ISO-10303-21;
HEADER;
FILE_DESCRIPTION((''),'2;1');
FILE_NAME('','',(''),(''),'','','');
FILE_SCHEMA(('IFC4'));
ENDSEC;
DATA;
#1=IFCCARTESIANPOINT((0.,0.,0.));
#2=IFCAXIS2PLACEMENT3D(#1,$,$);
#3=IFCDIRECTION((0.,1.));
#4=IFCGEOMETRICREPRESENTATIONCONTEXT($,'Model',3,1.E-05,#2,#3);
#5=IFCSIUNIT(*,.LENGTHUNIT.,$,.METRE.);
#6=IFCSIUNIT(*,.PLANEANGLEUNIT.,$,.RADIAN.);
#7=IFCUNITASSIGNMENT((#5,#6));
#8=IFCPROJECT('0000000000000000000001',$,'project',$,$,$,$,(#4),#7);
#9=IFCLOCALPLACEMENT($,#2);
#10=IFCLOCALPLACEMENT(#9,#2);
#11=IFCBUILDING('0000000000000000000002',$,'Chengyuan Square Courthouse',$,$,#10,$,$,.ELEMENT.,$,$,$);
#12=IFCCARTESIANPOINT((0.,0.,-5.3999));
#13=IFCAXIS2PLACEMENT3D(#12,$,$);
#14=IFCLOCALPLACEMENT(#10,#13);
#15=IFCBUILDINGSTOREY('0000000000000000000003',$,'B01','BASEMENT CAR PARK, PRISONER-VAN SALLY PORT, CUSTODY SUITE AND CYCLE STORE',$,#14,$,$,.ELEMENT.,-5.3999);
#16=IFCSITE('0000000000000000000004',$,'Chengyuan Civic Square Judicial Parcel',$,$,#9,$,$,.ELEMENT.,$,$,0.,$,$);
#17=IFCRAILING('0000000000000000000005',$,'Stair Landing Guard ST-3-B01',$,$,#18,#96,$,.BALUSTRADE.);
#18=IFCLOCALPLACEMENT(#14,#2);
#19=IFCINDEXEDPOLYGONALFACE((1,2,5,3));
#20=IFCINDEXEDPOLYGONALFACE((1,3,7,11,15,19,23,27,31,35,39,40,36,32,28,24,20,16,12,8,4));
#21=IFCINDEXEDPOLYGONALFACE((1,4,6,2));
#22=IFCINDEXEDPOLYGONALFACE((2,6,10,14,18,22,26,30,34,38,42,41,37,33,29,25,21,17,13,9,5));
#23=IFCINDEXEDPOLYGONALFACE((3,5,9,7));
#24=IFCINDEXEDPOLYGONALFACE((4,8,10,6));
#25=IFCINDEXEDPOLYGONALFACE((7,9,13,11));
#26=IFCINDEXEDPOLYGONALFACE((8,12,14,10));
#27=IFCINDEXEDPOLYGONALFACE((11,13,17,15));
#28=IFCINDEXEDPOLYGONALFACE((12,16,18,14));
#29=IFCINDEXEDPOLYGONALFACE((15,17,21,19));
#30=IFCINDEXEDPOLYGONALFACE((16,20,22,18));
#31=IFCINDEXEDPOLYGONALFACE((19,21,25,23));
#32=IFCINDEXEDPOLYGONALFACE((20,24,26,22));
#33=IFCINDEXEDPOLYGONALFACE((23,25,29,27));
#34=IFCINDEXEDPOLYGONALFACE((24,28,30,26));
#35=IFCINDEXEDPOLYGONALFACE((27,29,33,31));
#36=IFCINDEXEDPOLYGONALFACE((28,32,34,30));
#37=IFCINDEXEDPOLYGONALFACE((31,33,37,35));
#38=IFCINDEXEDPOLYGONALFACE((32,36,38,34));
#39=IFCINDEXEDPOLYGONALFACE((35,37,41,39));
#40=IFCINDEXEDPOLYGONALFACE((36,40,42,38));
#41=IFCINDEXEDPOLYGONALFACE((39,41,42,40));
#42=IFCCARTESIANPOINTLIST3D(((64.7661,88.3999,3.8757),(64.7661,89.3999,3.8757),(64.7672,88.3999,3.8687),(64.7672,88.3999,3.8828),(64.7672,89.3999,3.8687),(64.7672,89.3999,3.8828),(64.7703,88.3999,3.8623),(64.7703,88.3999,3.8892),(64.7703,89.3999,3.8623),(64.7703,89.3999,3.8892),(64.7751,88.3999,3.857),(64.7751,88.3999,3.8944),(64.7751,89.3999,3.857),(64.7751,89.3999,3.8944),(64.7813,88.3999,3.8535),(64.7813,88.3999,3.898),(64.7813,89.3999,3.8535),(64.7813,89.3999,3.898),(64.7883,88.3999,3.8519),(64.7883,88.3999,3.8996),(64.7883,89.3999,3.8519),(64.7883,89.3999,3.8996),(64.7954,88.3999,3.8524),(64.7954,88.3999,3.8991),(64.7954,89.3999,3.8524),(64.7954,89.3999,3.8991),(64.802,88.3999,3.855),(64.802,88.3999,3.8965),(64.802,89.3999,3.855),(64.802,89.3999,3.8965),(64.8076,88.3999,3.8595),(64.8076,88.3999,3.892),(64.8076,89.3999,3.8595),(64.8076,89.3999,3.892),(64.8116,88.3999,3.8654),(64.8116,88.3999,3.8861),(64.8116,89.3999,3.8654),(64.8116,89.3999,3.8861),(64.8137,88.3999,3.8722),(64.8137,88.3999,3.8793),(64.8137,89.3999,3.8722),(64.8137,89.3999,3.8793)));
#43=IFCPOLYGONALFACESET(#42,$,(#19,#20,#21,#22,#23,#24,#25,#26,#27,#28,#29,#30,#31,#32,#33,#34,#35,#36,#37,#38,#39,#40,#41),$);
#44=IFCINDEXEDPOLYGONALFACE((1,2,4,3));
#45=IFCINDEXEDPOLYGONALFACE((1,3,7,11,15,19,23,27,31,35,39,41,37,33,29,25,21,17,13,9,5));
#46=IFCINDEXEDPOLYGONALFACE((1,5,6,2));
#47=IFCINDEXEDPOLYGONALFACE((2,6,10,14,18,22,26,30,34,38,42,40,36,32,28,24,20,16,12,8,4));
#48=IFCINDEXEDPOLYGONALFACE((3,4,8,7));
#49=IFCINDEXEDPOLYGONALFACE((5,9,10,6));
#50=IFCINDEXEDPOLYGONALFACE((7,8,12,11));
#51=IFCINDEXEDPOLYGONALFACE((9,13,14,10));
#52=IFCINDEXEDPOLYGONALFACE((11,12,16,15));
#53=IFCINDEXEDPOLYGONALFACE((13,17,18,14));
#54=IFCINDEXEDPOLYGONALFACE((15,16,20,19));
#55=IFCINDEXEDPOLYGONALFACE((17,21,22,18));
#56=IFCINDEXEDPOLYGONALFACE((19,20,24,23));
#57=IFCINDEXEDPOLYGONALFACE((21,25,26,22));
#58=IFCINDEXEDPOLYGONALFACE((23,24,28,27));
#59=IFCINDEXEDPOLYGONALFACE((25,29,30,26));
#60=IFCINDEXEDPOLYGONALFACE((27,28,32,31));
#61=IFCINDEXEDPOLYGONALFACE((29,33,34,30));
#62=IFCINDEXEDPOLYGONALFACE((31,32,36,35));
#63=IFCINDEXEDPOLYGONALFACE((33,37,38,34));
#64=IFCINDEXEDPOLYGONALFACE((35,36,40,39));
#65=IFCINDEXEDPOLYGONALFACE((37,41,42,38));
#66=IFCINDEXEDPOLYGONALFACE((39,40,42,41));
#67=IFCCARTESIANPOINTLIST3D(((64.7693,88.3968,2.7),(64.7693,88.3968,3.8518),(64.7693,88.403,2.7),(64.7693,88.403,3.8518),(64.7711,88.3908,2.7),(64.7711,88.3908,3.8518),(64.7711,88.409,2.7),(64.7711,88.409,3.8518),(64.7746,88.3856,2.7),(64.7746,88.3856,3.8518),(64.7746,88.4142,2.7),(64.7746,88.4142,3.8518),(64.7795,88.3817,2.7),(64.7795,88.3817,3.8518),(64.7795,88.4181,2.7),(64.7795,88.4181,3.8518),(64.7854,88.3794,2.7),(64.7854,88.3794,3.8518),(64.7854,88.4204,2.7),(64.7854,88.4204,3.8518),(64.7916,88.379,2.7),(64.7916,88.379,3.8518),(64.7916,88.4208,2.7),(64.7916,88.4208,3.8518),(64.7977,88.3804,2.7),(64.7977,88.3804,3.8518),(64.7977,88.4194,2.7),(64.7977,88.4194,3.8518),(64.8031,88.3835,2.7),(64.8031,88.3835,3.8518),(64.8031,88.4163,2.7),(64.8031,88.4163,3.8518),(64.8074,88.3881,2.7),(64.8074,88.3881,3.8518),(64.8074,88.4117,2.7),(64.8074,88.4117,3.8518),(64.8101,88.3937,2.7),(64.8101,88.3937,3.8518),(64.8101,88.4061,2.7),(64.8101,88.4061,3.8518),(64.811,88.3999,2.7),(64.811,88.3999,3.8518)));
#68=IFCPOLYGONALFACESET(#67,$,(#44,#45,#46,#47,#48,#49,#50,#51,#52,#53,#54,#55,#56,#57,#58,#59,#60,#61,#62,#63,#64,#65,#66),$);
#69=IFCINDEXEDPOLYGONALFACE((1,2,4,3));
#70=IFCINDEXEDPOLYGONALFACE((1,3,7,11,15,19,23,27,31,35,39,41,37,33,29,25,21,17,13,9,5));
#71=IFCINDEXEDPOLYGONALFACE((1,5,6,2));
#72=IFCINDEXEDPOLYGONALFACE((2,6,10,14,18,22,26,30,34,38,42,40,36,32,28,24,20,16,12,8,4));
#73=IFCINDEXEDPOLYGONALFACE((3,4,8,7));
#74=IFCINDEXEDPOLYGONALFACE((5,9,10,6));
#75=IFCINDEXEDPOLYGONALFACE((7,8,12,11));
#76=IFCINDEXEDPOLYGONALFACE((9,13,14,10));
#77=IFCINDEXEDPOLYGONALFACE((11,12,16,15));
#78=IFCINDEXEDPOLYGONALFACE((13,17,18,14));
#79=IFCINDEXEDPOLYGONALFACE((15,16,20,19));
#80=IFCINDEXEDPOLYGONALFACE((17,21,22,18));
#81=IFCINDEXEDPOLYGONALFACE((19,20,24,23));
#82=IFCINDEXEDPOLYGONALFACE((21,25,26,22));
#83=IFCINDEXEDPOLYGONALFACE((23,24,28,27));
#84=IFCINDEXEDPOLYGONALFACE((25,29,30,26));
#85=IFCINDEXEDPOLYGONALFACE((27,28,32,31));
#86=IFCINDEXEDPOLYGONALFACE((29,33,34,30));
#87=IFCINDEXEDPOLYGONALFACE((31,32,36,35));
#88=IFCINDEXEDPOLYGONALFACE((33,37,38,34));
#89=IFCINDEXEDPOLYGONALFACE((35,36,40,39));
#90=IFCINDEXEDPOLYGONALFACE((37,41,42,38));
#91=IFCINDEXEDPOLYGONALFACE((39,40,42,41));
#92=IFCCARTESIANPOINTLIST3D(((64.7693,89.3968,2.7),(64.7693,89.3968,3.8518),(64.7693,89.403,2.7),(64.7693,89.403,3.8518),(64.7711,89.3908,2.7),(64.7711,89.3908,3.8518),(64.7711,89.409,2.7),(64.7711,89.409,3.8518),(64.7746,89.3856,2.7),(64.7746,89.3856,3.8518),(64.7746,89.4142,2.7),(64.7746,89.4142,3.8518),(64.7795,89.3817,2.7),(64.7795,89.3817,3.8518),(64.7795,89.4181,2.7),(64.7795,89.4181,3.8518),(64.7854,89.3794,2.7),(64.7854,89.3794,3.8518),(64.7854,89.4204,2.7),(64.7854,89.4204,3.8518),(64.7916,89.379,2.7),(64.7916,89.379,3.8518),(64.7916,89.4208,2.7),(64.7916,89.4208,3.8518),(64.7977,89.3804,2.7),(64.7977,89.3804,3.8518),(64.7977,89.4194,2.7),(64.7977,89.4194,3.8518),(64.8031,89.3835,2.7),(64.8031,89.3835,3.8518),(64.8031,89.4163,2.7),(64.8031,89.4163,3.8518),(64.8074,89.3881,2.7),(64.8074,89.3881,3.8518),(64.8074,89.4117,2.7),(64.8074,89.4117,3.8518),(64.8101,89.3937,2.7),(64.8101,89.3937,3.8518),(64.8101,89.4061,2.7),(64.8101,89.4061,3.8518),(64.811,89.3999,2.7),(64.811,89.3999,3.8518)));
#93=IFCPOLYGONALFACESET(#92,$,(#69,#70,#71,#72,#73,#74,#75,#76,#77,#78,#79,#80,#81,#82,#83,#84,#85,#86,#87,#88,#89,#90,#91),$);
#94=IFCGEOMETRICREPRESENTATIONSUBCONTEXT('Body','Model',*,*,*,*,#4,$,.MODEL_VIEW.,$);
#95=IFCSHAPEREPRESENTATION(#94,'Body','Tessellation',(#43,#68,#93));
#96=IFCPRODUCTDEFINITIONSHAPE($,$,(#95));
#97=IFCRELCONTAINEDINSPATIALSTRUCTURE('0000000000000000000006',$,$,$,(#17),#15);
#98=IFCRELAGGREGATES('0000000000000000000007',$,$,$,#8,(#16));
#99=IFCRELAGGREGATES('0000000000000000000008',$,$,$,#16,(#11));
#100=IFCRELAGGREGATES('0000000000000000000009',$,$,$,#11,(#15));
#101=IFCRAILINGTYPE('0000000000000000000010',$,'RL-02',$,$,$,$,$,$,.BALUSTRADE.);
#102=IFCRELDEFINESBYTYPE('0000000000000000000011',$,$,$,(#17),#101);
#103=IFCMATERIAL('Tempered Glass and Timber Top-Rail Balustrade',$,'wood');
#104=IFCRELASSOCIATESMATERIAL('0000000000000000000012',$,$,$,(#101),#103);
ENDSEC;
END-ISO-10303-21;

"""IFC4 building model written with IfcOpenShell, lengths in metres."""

from ifc_helpers import new_model, si_unit, direction, frame, origin, origin_2d, place, context, subcontext, project, spatial, circle, extrude, material, type_object, element, save


model = new_model("IFC4")

# Units and contexts
model_context = context("Model", 3, precision=1e-05, world=origin(), true_north=direction((0.0, 1.0)))
body_context = subcontext(model_context, "Body", "Model", "MODEL_VIEW")
ifc_project = project(units=[si_unit("LENGTHUNIT", "METRE"), si_unit("PLANEANGLEUNIT", "RADIAN")], contexts=[model_context])

# Site, building, storey
site_placement = place(None, origin())
site = spatial("IfcSite", under=ifc_project, at=site_placement, Name="Chengyuan Civic Square Judicial Parcel", CompositionType="ELEMENT", RefElevation=0.0)
building_placement = place(site_placement, origin())
building = spatial("IfcBuilding", under=site, at=building_placement, Name="Chengyuan Square Courthouse", CompositionType="ELEMENT")
storey_placement = place(building_placement, frame((0.0, 0.0, -5.3999)))
storey = spatial("IfcBuildingStorey", under=building, at=storey_placement, Name="B01", Description="BASEMENT CAR PARK, PRISONER-VAN SALLY PORT, CUSTODY SUITE AND CYCLE STORE", CompositionType="ELEMENT", Elevation=-5.3999)

# Railing
ifc_material_1 = material(Name="Tempered Glass and Timber Top-Rail Balustrade", Category="wood")
railing_type_1 = type_object("IfcRailingType", Name="RL-02", PredefinedType="BALUSTRADE", material=ifc_material_1)
for number, where, name in (
    (1, (64.79, 88.3999, 2.7), "Stair Landing Guard ST-3-B01"),
):
    element("IfcRailing", number, at=place(storey_placement, frame(where)), inside=storey, type_object=railing_type_1, Name=name, PredefinedType="BALUSTRADE", context=body_context, shape_type="SweptSolid", body=[
        extrude(circle(Radius=0.0239, at=origin_2d()), frame((0.0, 0.0, 1.1758), z_axis=(0.0, 1.0, 0.0), x_axis=(-1.0, 0.0, 0.0)), (0.0, 0.0, 1.0), 1.0),
        extrude(circle(Radius=0.021, at=origin_2d()), origin(), (0.0, 0.0, 1.0), 1.1519),
        extrude(circle(Radius=0.021, at=origin_2d()), frame((0.0, 1.0, 0.0)), (0.0, 0.0, 1.0), 1.1519),
    ])

save(model, "model.ifc")
